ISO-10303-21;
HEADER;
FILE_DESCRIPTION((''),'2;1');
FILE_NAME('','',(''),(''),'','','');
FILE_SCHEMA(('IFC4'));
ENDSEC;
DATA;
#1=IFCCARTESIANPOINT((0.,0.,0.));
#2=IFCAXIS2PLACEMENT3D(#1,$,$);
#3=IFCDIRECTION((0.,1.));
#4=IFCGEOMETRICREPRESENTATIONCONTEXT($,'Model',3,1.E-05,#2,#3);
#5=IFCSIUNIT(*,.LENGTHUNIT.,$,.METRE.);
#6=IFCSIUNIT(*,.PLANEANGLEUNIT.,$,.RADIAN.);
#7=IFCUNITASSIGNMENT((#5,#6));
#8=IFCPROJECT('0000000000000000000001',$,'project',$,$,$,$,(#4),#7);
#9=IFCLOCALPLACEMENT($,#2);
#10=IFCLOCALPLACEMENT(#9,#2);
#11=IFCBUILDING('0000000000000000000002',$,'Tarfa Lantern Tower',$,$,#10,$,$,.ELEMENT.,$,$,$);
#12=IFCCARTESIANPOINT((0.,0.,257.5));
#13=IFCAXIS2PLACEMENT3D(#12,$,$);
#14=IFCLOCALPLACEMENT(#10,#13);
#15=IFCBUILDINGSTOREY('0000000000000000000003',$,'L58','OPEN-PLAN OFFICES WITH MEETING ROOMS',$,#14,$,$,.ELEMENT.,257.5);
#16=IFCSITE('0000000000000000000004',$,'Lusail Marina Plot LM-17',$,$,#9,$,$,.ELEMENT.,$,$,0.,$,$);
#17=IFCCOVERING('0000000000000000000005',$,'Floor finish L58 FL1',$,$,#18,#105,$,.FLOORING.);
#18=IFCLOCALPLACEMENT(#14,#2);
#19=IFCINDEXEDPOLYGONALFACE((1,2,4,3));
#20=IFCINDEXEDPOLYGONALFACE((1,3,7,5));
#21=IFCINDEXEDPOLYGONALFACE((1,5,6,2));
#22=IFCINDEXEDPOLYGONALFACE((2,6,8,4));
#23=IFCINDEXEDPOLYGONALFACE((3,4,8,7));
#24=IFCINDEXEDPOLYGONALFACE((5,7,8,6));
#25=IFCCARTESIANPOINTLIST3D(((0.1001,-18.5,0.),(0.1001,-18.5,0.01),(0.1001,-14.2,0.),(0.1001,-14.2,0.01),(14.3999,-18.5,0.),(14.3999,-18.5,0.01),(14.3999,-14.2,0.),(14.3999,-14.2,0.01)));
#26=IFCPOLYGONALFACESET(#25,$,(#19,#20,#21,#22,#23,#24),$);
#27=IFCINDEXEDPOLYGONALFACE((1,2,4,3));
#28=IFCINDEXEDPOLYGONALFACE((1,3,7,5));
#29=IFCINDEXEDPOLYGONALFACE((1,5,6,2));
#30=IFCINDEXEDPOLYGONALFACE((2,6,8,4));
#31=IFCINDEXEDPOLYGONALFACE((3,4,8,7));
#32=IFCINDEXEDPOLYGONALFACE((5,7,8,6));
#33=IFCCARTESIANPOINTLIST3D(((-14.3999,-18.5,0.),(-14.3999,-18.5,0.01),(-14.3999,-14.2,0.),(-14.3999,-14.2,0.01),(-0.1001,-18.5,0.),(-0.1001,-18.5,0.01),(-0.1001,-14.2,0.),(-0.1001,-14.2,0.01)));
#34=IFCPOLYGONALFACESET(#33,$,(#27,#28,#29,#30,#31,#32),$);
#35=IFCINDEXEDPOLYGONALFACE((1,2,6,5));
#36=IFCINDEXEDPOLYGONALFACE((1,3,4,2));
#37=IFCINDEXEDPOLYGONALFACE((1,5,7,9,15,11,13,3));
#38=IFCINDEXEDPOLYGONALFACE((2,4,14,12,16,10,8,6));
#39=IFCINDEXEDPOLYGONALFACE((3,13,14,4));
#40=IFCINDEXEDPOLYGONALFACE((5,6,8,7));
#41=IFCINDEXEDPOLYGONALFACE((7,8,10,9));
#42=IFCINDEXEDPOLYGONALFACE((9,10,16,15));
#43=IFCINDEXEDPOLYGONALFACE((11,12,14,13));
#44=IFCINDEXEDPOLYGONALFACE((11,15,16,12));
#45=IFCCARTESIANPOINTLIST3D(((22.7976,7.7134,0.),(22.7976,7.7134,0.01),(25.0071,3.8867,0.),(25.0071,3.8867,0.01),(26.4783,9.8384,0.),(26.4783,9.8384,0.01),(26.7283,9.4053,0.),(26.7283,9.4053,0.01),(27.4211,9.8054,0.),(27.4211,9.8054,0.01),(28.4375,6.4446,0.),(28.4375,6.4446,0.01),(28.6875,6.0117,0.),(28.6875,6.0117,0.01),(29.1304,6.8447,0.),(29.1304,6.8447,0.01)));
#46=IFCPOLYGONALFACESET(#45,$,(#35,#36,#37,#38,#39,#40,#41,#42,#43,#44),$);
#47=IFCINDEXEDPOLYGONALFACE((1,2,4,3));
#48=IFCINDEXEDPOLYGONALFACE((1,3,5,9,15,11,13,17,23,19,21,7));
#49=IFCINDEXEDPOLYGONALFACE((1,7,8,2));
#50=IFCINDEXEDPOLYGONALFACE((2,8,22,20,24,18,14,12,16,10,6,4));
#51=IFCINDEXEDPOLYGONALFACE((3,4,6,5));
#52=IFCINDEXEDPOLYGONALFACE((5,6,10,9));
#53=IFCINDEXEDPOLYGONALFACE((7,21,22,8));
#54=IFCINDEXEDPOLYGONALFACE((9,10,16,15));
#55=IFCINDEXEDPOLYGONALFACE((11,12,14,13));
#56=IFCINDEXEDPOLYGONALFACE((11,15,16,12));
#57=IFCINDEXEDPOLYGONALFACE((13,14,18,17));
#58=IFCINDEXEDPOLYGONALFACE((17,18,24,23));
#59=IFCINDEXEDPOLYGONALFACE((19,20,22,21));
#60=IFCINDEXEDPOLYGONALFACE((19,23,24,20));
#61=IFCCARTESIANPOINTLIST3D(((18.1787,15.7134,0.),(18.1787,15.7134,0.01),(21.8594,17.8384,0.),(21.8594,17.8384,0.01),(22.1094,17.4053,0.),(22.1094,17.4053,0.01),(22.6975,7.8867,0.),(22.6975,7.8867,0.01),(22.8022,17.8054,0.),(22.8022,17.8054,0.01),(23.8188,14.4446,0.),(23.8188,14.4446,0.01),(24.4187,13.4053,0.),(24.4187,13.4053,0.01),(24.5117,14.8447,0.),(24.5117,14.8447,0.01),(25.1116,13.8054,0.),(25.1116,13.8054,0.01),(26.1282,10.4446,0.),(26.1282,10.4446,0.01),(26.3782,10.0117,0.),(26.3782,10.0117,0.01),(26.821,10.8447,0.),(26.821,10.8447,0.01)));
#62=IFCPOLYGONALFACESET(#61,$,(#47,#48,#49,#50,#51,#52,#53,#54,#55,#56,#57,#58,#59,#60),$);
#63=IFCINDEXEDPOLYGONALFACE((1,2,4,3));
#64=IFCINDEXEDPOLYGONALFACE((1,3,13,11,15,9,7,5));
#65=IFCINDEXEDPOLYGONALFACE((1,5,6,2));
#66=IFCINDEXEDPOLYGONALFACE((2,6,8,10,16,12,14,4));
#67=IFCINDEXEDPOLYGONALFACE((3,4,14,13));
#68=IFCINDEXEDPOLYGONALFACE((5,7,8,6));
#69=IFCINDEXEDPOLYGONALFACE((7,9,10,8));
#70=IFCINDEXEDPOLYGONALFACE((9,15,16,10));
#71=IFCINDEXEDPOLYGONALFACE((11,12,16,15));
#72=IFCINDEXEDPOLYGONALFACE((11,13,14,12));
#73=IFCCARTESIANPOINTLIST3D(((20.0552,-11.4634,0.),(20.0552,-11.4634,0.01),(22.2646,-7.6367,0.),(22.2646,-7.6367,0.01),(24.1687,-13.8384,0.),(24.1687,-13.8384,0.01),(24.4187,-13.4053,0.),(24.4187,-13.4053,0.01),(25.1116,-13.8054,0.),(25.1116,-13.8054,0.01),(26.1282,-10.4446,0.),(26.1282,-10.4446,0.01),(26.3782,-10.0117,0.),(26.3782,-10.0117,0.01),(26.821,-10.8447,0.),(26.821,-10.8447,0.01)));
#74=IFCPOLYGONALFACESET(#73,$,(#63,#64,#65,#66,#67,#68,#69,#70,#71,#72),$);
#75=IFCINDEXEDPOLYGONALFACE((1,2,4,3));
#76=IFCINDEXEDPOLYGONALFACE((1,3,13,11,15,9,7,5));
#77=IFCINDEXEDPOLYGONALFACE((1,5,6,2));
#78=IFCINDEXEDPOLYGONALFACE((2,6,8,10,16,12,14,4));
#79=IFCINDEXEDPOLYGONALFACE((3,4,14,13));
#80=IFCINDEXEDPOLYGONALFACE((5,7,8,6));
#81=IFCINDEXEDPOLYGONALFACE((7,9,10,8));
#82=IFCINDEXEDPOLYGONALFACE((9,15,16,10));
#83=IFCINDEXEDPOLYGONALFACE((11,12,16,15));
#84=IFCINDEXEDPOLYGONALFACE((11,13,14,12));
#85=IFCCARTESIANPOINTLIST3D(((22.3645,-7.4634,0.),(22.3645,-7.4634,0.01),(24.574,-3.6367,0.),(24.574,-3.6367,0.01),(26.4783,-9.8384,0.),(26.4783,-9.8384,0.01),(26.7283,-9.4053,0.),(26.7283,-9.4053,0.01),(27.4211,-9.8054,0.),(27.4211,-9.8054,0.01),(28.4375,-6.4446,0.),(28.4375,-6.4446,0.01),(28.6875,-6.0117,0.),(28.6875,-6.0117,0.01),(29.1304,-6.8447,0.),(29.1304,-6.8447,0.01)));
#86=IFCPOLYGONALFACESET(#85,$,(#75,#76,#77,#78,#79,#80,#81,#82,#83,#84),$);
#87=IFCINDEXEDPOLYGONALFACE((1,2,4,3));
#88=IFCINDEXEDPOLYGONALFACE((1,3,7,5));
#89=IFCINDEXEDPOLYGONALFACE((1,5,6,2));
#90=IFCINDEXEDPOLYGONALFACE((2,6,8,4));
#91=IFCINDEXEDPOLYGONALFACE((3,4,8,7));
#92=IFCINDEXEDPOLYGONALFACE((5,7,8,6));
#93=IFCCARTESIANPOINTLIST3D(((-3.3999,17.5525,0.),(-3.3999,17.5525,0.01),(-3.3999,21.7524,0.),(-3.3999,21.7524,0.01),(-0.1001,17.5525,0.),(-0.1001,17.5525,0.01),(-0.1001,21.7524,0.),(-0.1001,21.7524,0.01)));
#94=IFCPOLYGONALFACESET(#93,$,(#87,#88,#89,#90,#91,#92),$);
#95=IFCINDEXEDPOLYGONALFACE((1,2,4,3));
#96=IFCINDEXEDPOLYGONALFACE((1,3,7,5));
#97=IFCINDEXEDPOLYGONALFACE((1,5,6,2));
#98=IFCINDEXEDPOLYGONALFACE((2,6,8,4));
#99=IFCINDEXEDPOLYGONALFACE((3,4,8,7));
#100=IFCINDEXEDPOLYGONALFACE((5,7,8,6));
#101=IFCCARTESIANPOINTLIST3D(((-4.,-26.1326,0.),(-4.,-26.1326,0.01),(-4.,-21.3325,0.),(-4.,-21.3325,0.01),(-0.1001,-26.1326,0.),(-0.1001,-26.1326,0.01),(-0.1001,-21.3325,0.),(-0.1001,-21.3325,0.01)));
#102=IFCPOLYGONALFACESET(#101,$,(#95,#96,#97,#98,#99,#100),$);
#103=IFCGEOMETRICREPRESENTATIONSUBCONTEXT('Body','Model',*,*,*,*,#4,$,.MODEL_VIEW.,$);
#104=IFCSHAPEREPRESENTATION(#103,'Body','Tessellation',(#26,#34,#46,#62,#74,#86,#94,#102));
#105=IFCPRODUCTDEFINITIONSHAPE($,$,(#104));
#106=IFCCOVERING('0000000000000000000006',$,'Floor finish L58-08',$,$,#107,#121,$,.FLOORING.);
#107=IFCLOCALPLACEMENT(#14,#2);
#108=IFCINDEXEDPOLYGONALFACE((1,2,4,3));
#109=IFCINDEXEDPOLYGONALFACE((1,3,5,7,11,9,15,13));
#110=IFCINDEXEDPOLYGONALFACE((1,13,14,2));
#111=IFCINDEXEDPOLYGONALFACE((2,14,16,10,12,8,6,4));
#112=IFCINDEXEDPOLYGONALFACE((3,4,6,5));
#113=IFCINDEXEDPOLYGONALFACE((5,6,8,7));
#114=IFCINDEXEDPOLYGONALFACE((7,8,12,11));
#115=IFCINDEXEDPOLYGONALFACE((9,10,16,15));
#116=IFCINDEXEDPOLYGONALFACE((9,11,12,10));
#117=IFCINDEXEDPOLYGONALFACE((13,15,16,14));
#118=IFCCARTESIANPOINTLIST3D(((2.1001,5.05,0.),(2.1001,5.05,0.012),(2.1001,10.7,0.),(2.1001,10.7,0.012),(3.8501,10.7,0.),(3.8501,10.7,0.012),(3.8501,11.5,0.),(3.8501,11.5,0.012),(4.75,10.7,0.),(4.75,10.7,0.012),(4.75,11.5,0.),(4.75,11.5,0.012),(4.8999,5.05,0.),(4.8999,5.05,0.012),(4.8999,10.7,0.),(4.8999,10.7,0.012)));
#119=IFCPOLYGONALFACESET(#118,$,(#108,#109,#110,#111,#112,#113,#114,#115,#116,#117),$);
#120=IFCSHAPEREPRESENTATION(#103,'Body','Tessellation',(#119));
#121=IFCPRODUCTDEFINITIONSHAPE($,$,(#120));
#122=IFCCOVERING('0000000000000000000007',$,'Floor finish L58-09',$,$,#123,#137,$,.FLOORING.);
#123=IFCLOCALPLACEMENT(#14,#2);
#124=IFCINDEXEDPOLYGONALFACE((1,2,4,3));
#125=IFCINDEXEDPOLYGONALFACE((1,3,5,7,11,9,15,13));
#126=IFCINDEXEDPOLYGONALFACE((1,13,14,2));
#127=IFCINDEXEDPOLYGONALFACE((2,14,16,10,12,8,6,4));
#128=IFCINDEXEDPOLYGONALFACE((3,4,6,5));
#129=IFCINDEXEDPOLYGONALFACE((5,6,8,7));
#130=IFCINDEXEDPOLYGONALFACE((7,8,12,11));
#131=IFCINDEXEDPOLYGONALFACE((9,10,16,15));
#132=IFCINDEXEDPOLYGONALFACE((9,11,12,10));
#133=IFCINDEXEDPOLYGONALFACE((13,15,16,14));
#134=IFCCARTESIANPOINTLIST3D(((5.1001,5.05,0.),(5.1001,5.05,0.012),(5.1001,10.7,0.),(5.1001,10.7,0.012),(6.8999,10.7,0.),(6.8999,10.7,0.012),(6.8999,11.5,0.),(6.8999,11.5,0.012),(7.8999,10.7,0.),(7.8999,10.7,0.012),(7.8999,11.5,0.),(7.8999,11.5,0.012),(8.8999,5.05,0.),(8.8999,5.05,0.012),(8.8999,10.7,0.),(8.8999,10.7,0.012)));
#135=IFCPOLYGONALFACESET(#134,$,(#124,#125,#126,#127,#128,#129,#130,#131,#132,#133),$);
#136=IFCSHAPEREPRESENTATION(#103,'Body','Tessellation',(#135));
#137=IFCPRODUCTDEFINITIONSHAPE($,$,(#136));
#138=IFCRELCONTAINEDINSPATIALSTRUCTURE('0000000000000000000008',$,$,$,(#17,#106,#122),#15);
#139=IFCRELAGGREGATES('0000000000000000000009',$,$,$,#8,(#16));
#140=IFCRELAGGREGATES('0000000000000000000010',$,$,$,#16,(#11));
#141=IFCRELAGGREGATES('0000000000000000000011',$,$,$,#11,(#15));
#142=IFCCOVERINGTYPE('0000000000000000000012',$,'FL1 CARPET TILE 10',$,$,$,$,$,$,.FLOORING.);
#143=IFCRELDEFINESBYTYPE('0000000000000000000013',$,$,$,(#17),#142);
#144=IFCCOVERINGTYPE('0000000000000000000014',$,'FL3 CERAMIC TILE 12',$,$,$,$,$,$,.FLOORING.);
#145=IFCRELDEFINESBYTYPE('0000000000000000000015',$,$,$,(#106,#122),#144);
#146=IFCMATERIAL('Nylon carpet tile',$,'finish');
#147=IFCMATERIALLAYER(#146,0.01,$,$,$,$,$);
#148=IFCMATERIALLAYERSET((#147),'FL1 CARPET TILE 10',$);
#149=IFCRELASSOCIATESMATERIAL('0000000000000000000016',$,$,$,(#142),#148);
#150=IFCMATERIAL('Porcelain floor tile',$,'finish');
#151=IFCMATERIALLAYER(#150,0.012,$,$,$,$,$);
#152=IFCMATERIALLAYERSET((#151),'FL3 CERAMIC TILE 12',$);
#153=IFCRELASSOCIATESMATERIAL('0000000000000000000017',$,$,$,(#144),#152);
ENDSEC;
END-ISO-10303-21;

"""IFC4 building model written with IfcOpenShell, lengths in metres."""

from ifc_helpers import new_model, si_unit, direction, frame, origin, place, context, subcontext, project, spatial, polyline, outline, extrude, material, layer, layer_set, type_object, element, save


model = new_model("IFC4")

# Units and contexts
model_context = context("Model", 3, precision=1e-05, world=origin(), true_north=direction((0.0, 1.0)))
body_context = subcontext(model_context, "Body", "Model", "MODEL_VIEW")
ifc_project = project(units=[si_unit("LENGTHUNIT", "METRE"), si_unit("PLANEANGLEUNIT", "RADIAN")], contexts=[model_context])

# Site, building, storey
site_placement = place(None, origin())
site = spatial("IfcSite", under=ifc_project, at=site_placement, Name="Lusail Marina Plot LM-17", CompositionType="ELEMENT", RefElevation=0.0)
building_placement = place(site_placement, origin())
building = spatial("IfcBuilding", under=site, at=building_placement, Name="Tarfa Lantern Tower", CompositionType="ELEMENT")
storey_placement = place(building_placement, frame((0.0, 0.0, 257.5)))
storey = spatial("IfcBuildingStorey", under=building, at=storey_placement, Name="L58", Description="OPEN-PLAN OFFICES WITH MEETING ROOMS", CompositionType="ELEMENT", Elevation=257.5)

# Coverings
ifc_material_1 = material(Name="Nylon carpet tile", Category="finish")
ifc_layer_1 = layer(ifc_material_1, 0.01)
ifc_layer_set_1 = layer_set([ifc_layer_1], Name="FL1 CARPET TILE 10")
covering_type_1 = type_object("IfcCoveringType", Name="FL1 CARPET TILE 10", PredefinedType="FLOORING", material=ifc_layer_set_1)
covering_1_placement = place(storey_placement, origin())
element("IfcCovering", 1, at=covering_1_placement, inside=storey, type_object=covering_type_1, Name="Floor finish L58 FL1", PredefinedType="FLOORING", context=body_context, shape_type="SweptSolid", body=[
    extrude(outline(polyline([(0.1001, -14.2), (14.3999, -14.2), (14.3999, -18.5), (0.1001, -18.5), (0.1001, -14.2)])), origin(), (0.0, 0.0, 1.0), 0.01),
    extrude(outline(polyline([(-14.3999, -14.2), (-0.1001, -14.2), (-0.1001, -18.5), (-14.3999, -18.5), (-14.3999, -14.2)])), origin(), (0.0, 0.0, 1.0), 0.01),
    extrude(outline(polyline([(22.7976, 7.7134), (26.4783, 9.8384), (26.7283, 9.4053), (27.4211, 9.8054), (29.1304, 6.8447), (28.4375, 6.4446), (28.6875, 6.0117), (25.0071, 3.8867), (22.7976, 7.7134)])), origin(), (0.0, 0.0, 1.0), 0.01),
    extrude(outline(polyline([(18.1787, 15.7134), (21.8594, 17.8384), (22.1094, 17.4053), (22.8022, 17.8054), (24.5117, 14.8447), (23.8188, 14.4446), (24.4187, 13.4053), (25.1116, 13.8054), (26.821, 10.8447), (26.1282, 10.4446), (26.3782, 10.0117), (22.6975, 7.8867), (18.1787, 15.7134)])), origin(), (0.0, 0.0, 1.0), 0.01),
    extrude(outline(polyline([(22.2646, -7.6367), (26.3782, -10.0117), (26.1282, -10.4446), (26.821, -10.8447), (25.1116, -13.8054), (24.4187, -13.4053), (24.1687, -13.8384), (20.0552, -11.4634), (22.2646, -7.6367)])), origin(), (0.0, 0.0, 1.0), 0.01),
    extrude(outline(polyline([(24.574, -3.6367), (28.6875, -6.0117), (28.4375, -6.4446), (29.1304, -6.8447), (27.4211, -9.8054), (26.7283, -9.4053), (26.4783, -9.8384), (22.3645, -7.4634), (24.574, -3.6367)])), origin(), (0.0, 0.0, 1.0), 0.01),
    extrude(outline(polyline([(-3.3999, 21.7524), (-0.1001, 21.7524), (-0.1001, 17.5525), (-3.3999, 17.5525), (-3.3999, 21.7524)])), origin(), (0.0, 0.0, 1.0), 0.01),
    extrude(outline(polyline([(-4.0, -26.1326), (-4.0, -21.3325), (-0.1001, -21.3325), (-0.1001, -26.1326), (-4.0, -26.1326)])), origin(), (0.0, 0.0, 1.0), 0.01),
])
ifc_material_2 = material(Name="Porcelain floor tile", Category="finish")
ifc_layer_2 = layer(ifc_material_2, 0.012)
ifc_layer_set_2 = layer_set([ifc_layer_2], Name="FL3 CERAMIC TILE 12")
covering_type_2 = type_object("IfcCoveringType", Name="FL3 CERAMIC TILE 12", PredefinedType="FLOORING", material=ifc_layer_set_2)
covering_2_placement = place(storey_placement, origin())
element("IfcCovering", 2, at=covering_2_placement, inside=storey, type_object=covering_type_2, Name="Floor finish L58-08", PredefinedType="FLOORING", context=body_context, shape_type="SweptSolid", body=[
    extrude(outline(polyline([(2.1001, 5.05), (4.8999, 5.05), (4.8999, 10.7), (4.75, 10.7), (4.75, 11.5), (3.8501, 11.5), (3.8501, 10.7), (2.1001, 10.7), (2.1001, 5.05)])), origin(), (0.0, 0.0, 1.0), 0.012),
])
covering_3_placement = place(storey_placement, origin())
element("IfcCovering", 3, at=covering_3_placement, inside=storey, type_object=covering_type_2, Name="Floor finish L58-09", PredefinedType="FLOORING", context=body_context, shape_type="SweptSolid", body=[
    extrude(outline(polyline([(5.1001, 5.05), (8.8999, 5.05), (8.8999, 10.7), (7.8999, 10.7), (7.8999, 11.5), (6.8999, 11.5), (6.8999, 10.7), (5.1001, 10.7), (5.1001, 5.05)])), origin(), (0.0, 0.0, 1.0), 0.012),
])

save(model, "model.ifc")
